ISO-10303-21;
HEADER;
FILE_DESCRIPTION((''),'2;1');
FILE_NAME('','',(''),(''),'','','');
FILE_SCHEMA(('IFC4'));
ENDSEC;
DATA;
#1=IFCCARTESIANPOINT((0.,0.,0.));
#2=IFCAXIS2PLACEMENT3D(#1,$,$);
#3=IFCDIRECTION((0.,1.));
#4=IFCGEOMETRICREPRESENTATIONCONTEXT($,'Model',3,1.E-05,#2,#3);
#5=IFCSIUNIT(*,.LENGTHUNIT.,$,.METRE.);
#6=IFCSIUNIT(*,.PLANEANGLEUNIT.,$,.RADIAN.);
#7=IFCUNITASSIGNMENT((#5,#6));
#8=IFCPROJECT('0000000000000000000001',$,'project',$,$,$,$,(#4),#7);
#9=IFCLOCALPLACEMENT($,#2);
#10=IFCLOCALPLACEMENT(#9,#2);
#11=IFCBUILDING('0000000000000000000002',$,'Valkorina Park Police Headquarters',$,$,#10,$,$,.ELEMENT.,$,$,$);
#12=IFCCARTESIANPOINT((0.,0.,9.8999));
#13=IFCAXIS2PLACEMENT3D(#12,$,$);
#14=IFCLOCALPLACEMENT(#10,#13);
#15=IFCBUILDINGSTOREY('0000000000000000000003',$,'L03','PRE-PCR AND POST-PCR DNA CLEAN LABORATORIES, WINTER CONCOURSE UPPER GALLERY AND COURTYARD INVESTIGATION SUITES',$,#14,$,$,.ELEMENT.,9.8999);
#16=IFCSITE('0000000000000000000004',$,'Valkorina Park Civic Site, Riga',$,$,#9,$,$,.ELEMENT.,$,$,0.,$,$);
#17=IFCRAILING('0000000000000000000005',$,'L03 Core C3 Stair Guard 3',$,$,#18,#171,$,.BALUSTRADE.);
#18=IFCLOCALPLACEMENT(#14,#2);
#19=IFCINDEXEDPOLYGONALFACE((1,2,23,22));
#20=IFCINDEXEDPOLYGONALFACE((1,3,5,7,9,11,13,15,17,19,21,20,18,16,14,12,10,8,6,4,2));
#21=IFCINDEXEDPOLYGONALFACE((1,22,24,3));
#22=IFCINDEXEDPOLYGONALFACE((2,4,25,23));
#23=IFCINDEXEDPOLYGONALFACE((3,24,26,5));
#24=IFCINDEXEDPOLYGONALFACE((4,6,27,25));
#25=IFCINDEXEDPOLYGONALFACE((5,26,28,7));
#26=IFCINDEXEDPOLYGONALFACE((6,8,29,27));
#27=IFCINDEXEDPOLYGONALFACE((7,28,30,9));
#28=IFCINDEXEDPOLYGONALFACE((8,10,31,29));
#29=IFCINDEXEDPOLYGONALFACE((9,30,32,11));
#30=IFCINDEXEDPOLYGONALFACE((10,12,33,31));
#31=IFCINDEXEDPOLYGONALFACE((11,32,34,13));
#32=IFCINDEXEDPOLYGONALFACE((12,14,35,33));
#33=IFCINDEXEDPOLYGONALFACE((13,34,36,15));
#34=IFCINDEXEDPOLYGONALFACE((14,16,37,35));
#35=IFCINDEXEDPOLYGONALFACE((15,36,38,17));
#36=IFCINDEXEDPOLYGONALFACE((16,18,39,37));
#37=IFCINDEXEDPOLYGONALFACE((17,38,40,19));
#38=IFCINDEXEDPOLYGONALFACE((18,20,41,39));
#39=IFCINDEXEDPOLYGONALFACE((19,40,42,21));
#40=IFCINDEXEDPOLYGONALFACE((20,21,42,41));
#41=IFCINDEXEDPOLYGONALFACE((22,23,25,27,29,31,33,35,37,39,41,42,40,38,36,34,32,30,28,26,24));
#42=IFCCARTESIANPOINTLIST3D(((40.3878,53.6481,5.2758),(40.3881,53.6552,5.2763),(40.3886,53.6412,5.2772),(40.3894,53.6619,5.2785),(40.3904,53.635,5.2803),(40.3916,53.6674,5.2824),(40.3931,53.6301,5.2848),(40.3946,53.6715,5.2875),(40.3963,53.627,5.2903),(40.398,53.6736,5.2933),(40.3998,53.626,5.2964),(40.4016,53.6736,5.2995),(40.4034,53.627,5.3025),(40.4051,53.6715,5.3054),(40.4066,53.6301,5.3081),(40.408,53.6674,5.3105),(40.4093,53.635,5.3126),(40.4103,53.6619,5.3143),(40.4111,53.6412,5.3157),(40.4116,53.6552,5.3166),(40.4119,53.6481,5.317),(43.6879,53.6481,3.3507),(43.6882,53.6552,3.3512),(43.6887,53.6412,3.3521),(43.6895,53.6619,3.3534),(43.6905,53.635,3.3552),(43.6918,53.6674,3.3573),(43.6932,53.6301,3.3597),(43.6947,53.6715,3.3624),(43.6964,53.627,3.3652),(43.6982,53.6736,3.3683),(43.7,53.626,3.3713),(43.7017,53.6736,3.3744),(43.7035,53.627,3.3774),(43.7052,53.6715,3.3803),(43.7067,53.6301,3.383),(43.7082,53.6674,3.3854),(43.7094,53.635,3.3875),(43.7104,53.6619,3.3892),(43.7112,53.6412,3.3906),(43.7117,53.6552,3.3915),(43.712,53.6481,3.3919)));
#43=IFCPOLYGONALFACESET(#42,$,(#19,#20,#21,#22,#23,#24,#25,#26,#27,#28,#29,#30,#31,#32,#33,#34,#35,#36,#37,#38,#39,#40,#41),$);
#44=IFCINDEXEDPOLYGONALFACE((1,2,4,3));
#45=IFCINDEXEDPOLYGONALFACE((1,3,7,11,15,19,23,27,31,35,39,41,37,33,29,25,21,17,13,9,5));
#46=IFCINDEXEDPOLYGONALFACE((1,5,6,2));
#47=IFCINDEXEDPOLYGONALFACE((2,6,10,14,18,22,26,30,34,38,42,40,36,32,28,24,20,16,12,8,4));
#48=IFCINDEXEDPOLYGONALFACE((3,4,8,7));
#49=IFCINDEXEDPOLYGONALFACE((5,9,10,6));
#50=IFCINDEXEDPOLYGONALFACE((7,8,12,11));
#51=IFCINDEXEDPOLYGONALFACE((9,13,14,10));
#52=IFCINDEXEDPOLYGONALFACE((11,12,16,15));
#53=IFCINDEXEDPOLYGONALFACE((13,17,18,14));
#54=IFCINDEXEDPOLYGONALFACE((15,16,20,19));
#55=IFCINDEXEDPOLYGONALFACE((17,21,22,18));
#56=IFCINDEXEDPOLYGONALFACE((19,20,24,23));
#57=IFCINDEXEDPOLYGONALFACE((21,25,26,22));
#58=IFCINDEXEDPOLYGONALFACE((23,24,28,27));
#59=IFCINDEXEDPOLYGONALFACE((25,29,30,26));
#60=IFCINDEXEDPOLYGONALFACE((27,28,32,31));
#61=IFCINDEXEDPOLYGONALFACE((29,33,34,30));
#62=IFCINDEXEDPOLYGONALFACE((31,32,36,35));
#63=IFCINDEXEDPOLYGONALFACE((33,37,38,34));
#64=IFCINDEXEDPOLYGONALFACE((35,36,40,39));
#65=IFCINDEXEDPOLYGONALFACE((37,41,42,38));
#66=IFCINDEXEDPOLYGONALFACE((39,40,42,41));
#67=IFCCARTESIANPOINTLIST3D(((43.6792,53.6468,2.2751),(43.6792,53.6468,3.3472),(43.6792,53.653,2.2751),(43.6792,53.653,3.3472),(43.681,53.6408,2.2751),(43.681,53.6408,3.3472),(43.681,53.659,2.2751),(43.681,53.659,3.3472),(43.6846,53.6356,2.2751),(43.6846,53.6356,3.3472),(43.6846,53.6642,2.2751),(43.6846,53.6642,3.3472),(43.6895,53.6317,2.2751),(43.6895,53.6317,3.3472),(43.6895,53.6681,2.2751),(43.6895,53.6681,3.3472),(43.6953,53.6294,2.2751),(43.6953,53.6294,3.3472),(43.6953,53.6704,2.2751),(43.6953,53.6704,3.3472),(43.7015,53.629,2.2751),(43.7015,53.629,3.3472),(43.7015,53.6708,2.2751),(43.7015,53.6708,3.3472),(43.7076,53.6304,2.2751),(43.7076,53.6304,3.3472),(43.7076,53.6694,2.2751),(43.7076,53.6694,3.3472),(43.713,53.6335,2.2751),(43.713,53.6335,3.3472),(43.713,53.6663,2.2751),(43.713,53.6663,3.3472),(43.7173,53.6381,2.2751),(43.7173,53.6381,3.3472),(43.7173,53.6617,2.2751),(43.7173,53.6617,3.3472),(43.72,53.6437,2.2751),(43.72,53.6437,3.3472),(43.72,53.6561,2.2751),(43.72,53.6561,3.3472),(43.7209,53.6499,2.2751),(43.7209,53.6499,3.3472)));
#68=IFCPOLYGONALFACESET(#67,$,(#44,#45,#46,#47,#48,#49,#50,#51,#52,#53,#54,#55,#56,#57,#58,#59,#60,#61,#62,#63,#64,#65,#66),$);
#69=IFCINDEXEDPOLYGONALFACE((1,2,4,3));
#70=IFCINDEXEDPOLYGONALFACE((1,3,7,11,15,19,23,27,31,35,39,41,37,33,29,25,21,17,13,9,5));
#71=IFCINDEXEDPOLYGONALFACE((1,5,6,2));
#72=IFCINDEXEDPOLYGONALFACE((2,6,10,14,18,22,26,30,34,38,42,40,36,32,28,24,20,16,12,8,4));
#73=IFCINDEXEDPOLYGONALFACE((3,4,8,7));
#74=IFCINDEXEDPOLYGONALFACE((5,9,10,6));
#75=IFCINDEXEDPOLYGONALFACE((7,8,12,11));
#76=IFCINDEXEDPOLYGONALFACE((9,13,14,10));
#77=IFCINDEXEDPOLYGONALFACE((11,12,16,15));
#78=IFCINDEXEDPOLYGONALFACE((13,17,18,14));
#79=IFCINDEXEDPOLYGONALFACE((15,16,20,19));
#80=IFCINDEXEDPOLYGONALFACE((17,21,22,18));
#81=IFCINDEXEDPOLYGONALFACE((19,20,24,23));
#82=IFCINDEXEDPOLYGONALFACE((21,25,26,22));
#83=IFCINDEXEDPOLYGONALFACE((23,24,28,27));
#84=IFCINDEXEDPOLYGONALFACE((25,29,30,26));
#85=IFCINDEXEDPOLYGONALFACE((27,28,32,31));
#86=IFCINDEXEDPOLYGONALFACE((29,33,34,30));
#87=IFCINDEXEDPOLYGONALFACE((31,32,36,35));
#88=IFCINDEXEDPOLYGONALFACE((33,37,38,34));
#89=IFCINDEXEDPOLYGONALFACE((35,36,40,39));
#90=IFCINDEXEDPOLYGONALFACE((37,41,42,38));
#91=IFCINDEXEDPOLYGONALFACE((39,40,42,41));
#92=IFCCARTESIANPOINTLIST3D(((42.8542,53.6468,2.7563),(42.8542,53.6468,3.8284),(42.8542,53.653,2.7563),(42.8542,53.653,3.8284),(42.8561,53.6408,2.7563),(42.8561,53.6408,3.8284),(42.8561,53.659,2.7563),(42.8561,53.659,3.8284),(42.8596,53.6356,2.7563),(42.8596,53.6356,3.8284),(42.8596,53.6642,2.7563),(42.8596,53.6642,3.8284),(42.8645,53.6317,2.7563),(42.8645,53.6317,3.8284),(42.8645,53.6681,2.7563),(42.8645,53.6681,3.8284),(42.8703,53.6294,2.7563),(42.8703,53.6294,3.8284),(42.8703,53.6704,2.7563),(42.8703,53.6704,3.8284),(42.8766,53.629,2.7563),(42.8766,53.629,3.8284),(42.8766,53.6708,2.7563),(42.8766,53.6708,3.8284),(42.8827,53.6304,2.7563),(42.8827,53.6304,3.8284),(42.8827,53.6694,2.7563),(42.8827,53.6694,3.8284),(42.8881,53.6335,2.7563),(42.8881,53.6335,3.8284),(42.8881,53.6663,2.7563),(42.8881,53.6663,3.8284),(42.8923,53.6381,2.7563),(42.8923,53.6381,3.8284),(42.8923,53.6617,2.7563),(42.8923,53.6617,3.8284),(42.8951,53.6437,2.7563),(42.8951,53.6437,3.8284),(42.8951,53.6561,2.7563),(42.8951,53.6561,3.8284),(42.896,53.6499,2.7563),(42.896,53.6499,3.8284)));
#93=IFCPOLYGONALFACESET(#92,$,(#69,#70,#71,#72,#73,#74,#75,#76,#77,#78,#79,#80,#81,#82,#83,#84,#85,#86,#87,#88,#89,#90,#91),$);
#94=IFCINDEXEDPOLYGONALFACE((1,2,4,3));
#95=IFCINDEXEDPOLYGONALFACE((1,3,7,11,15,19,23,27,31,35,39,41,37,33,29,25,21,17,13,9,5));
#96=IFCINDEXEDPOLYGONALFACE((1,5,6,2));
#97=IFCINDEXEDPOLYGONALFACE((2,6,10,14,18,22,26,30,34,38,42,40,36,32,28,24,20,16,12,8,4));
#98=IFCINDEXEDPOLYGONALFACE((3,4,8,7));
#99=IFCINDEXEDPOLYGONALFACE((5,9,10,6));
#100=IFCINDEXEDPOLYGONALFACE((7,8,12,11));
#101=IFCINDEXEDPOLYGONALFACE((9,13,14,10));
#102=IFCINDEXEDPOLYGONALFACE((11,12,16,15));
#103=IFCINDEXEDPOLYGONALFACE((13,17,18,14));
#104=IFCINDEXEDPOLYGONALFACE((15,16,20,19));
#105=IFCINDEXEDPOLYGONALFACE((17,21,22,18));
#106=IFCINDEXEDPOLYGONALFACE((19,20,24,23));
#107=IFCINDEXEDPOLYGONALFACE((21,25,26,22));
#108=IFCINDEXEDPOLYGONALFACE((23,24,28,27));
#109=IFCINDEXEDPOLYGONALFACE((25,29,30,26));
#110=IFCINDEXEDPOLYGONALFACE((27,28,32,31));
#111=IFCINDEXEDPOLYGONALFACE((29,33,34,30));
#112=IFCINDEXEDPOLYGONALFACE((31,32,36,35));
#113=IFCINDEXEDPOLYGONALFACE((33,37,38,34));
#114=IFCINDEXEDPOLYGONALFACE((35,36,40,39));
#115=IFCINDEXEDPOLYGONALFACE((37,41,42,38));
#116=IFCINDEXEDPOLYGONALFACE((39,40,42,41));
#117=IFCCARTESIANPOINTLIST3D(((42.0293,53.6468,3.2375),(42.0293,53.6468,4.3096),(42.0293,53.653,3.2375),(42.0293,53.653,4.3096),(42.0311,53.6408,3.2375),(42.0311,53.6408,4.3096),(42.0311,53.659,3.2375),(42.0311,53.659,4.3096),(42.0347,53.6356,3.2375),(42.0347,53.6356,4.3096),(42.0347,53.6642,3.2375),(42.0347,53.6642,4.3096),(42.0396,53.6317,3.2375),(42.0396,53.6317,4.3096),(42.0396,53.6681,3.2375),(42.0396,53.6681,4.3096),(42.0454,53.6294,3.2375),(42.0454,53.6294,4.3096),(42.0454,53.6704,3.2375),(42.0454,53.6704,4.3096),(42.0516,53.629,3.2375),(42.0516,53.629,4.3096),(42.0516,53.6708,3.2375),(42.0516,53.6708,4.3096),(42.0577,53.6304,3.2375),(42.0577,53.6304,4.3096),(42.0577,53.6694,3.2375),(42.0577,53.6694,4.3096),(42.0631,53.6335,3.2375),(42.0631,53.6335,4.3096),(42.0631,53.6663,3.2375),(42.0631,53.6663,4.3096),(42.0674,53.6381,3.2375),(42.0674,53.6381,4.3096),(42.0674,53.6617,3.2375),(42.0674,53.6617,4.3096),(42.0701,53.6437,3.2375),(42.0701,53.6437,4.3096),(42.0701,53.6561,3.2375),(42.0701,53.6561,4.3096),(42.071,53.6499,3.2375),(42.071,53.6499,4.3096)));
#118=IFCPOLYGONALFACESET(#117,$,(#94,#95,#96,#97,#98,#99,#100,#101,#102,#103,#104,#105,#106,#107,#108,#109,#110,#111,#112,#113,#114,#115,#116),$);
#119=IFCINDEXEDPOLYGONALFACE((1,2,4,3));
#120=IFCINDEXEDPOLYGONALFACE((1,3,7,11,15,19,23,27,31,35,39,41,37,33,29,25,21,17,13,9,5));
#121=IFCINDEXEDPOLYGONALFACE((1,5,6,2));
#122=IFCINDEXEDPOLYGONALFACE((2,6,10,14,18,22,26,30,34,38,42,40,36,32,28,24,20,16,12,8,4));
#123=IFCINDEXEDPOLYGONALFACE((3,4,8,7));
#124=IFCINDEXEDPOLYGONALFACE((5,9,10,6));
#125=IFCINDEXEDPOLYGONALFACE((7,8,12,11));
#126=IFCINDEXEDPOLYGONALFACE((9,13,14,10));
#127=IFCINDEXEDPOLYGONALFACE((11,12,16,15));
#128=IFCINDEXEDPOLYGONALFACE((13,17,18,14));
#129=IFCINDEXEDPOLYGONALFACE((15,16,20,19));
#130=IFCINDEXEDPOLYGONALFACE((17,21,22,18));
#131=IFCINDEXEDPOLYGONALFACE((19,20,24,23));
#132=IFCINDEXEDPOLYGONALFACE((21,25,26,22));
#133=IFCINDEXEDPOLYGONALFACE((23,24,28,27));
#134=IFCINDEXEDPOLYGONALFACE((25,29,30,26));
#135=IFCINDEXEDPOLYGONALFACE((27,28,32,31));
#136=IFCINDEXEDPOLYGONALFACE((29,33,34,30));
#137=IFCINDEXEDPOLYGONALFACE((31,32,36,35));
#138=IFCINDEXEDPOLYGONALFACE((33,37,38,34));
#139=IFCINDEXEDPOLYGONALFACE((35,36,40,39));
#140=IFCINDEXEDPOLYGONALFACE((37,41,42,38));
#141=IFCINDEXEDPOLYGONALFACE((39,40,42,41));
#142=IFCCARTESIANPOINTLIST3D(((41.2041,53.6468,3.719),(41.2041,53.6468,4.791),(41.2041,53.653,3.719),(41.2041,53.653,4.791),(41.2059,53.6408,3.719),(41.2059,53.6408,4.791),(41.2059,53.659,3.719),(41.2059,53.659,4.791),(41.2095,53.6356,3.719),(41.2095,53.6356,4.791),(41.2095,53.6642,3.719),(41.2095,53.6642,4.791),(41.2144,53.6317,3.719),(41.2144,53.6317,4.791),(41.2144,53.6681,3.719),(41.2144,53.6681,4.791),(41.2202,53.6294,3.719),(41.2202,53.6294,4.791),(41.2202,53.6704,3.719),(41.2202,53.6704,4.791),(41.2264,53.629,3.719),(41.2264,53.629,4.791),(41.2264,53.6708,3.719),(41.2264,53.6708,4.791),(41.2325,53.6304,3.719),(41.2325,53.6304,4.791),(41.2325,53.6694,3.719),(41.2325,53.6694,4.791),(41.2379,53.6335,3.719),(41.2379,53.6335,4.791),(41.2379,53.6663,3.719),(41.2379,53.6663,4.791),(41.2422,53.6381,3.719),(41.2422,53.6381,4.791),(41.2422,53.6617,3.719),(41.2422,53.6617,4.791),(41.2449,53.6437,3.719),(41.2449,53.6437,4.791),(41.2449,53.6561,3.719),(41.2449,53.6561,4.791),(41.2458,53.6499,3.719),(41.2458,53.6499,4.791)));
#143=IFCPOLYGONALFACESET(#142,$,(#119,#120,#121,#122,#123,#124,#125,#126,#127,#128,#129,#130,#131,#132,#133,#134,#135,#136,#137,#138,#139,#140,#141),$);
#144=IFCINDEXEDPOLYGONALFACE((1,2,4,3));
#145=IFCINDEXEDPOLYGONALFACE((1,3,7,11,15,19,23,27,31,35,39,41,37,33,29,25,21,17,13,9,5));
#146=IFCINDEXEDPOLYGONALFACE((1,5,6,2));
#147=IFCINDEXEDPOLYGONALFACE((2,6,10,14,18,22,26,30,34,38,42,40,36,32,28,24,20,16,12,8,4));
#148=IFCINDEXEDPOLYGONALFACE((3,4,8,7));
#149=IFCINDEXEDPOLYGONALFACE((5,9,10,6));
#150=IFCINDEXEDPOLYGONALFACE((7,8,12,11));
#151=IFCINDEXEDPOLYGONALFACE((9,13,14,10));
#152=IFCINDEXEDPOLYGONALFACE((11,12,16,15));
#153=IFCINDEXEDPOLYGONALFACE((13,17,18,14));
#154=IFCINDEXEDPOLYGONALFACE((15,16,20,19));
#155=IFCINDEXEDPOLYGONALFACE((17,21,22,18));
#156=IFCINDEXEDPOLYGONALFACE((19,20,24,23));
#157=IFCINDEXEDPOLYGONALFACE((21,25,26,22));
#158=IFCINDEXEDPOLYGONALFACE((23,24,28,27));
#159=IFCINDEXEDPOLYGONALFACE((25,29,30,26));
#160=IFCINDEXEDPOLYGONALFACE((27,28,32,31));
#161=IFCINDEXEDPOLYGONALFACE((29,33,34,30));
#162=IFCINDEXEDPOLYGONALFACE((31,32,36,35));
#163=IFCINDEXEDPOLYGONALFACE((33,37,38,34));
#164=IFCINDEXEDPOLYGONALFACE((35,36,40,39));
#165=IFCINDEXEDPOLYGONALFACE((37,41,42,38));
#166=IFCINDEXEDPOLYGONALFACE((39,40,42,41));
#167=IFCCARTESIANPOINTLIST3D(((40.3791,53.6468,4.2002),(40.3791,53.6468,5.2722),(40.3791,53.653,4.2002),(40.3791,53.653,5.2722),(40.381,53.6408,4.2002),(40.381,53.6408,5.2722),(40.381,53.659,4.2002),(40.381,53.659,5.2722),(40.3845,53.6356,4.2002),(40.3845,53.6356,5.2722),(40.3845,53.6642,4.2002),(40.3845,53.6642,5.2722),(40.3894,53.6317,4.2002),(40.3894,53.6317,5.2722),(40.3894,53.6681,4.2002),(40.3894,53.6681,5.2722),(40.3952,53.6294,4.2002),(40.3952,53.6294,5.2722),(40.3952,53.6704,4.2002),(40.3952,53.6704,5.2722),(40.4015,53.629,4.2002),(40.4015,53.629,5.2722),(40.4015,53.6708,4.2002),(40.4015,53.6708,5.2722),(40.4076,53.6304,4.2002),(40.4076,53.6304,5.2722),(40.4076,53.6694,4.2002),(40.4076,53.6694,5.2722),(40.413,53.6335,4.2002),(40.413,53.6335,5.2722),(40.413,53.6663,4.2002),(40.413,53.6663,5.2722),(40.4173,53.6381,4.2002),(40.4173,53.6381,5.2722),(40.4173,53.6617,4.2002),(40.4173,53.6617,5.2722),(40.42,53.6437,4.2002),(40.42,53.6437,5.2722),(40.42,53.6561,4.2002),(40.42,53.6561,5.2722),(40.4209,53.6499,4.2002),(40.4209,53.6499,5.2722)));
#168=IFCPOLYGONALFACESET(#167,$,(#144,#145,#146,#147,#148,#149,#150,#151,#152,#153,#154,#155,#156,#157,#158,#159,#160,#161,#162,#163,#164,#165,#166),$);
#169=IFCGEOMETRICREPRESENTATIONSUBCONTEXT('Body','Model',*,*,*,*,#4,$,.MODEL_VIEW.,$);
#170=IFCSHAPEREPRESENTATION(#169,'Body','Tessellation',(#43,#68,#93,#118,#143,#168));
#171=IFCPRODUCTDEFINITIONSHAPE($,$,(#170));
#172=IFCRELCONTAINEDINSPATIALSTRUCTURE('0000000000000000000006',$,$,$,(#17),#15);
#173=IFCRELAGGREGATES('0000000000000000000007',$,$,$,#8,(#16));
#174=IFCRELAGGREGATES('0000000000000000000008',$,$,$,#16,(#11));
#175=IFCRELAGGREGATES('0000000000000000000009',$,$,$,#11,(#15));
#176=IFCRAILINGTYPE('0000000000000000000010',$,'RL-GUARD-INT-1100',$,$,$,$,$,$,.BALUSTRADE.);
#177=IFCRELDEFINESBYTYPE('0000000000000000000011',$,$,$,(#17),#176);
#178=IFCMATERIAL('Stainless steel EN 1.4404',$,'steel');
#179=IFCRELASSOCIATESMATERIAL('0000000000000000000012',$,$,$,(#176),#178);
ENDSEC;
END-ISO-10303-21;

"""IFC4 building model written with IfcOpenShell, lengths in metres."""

from ifc_helpers import new_model, si_unit, direction, frame, origin, origin_2d, place, context, subcontext, project, spatial, circle, extrude, material, type_object, element, save


model = new_model("IFC4")

# Units and contexts
model_context = context("Model", 3, precision=1e-05, world=origin(), true_north=direction((0.0, 1.0)))
body_context = subcontext(model_context, "Body", "Model", "MODEL_VIEW")
ifc_project = project(units=[si_unit("LENGTHUNIT", "METRE"), si_unit("PLANEANGLEUNIT", "RADIAN")], contexts=[model_context])

# Site, building, storey
site_placement = place(None, origin())
site = spatial("IfcSite", under=ifc_project, at=site_placement, Name="Valkorina Park Civic Site, Riga", CompositionType="ELEMENT", RefElevation=0.0)
building_placement = place(site_placement, origin())
building = spatial("IfcBuilding", under=site, at=building_placement, Name="Valkorina Park Police Headquarters", CompositionType="ELEMENT")
storey_placement = place(building_placement, frame((0.0, 0.0, 9.8999)))
storey = spatial("IfcBuildingStorey", under=building, at=storey_placement, Name="L03", Description="PRE-PCR AND POST-PCR DNA CLEAN LABORATORIES, WINTER CONCOURSE UPPER GALLERY AND COURTYARD INVESTIGATION SUITES", CompositionType="ELEMENT", Elevation=9.8999)

# Shared definitions
ifc_material_1 = material(Name="Stainless steel EN 1.4404", Category="steel")

# Railing
railing_type_1 = type_object("IfcRailingType", Name="RL-GUARD-INT-1100", PredefinedType="BALUSTRADE", material=ifc_material_1)
railing_1_placement = place(storey_placement, frame((43.7, 53.6499, 2.2751)))
element("IfcRailing", 1, at=railing_1_placement, inside=storey, type_object=railing_type_1, Name="L03 Core C3 Stair Guard 3", PredefinedType="BALUSTRADE", context=body_context, shape_type="SweptSolid", body=[
    extrude(circle(Radius=0.0239, at=origin_2d()), frame((0.0, 0.0, 1.0962), z_axis=(-0.863777, 0.0, 0.503875), x_axis=(0.0, -1.0, 0.0)), (0.0, 0.0, 1.0), 3.8206),
    extrude(circle(Radius=0.021, at=origin_2d()), origin(), (0.0, 0.0, 1.0), 1.072),
    extrude(circle(Radius=0.021, at=origin_2d()), frame((-0.825, 0.0, 0.4812)), (0.0, 0.0, 1.0), 1.072),
    extrude(circle(Radius=0.021, at=origin_2d()), frame((-1.6499, 0.0, 0.9624)), (0.0, 0.0, 1.0), 1.072),
    extrude(circle(Radius=0.021, at=origin_2d()), frame((-2.4751, 0.0, 1.4438)), (0.0, 0.0, 1.0), 1.072),
    extrude(circle(Radius=0.021, at=origin_2d()), frame((-3.3, 0.0, 1.925)), (0.0, 0.0, 1.0), 1.072),
])

save(model, "model.ifc")
